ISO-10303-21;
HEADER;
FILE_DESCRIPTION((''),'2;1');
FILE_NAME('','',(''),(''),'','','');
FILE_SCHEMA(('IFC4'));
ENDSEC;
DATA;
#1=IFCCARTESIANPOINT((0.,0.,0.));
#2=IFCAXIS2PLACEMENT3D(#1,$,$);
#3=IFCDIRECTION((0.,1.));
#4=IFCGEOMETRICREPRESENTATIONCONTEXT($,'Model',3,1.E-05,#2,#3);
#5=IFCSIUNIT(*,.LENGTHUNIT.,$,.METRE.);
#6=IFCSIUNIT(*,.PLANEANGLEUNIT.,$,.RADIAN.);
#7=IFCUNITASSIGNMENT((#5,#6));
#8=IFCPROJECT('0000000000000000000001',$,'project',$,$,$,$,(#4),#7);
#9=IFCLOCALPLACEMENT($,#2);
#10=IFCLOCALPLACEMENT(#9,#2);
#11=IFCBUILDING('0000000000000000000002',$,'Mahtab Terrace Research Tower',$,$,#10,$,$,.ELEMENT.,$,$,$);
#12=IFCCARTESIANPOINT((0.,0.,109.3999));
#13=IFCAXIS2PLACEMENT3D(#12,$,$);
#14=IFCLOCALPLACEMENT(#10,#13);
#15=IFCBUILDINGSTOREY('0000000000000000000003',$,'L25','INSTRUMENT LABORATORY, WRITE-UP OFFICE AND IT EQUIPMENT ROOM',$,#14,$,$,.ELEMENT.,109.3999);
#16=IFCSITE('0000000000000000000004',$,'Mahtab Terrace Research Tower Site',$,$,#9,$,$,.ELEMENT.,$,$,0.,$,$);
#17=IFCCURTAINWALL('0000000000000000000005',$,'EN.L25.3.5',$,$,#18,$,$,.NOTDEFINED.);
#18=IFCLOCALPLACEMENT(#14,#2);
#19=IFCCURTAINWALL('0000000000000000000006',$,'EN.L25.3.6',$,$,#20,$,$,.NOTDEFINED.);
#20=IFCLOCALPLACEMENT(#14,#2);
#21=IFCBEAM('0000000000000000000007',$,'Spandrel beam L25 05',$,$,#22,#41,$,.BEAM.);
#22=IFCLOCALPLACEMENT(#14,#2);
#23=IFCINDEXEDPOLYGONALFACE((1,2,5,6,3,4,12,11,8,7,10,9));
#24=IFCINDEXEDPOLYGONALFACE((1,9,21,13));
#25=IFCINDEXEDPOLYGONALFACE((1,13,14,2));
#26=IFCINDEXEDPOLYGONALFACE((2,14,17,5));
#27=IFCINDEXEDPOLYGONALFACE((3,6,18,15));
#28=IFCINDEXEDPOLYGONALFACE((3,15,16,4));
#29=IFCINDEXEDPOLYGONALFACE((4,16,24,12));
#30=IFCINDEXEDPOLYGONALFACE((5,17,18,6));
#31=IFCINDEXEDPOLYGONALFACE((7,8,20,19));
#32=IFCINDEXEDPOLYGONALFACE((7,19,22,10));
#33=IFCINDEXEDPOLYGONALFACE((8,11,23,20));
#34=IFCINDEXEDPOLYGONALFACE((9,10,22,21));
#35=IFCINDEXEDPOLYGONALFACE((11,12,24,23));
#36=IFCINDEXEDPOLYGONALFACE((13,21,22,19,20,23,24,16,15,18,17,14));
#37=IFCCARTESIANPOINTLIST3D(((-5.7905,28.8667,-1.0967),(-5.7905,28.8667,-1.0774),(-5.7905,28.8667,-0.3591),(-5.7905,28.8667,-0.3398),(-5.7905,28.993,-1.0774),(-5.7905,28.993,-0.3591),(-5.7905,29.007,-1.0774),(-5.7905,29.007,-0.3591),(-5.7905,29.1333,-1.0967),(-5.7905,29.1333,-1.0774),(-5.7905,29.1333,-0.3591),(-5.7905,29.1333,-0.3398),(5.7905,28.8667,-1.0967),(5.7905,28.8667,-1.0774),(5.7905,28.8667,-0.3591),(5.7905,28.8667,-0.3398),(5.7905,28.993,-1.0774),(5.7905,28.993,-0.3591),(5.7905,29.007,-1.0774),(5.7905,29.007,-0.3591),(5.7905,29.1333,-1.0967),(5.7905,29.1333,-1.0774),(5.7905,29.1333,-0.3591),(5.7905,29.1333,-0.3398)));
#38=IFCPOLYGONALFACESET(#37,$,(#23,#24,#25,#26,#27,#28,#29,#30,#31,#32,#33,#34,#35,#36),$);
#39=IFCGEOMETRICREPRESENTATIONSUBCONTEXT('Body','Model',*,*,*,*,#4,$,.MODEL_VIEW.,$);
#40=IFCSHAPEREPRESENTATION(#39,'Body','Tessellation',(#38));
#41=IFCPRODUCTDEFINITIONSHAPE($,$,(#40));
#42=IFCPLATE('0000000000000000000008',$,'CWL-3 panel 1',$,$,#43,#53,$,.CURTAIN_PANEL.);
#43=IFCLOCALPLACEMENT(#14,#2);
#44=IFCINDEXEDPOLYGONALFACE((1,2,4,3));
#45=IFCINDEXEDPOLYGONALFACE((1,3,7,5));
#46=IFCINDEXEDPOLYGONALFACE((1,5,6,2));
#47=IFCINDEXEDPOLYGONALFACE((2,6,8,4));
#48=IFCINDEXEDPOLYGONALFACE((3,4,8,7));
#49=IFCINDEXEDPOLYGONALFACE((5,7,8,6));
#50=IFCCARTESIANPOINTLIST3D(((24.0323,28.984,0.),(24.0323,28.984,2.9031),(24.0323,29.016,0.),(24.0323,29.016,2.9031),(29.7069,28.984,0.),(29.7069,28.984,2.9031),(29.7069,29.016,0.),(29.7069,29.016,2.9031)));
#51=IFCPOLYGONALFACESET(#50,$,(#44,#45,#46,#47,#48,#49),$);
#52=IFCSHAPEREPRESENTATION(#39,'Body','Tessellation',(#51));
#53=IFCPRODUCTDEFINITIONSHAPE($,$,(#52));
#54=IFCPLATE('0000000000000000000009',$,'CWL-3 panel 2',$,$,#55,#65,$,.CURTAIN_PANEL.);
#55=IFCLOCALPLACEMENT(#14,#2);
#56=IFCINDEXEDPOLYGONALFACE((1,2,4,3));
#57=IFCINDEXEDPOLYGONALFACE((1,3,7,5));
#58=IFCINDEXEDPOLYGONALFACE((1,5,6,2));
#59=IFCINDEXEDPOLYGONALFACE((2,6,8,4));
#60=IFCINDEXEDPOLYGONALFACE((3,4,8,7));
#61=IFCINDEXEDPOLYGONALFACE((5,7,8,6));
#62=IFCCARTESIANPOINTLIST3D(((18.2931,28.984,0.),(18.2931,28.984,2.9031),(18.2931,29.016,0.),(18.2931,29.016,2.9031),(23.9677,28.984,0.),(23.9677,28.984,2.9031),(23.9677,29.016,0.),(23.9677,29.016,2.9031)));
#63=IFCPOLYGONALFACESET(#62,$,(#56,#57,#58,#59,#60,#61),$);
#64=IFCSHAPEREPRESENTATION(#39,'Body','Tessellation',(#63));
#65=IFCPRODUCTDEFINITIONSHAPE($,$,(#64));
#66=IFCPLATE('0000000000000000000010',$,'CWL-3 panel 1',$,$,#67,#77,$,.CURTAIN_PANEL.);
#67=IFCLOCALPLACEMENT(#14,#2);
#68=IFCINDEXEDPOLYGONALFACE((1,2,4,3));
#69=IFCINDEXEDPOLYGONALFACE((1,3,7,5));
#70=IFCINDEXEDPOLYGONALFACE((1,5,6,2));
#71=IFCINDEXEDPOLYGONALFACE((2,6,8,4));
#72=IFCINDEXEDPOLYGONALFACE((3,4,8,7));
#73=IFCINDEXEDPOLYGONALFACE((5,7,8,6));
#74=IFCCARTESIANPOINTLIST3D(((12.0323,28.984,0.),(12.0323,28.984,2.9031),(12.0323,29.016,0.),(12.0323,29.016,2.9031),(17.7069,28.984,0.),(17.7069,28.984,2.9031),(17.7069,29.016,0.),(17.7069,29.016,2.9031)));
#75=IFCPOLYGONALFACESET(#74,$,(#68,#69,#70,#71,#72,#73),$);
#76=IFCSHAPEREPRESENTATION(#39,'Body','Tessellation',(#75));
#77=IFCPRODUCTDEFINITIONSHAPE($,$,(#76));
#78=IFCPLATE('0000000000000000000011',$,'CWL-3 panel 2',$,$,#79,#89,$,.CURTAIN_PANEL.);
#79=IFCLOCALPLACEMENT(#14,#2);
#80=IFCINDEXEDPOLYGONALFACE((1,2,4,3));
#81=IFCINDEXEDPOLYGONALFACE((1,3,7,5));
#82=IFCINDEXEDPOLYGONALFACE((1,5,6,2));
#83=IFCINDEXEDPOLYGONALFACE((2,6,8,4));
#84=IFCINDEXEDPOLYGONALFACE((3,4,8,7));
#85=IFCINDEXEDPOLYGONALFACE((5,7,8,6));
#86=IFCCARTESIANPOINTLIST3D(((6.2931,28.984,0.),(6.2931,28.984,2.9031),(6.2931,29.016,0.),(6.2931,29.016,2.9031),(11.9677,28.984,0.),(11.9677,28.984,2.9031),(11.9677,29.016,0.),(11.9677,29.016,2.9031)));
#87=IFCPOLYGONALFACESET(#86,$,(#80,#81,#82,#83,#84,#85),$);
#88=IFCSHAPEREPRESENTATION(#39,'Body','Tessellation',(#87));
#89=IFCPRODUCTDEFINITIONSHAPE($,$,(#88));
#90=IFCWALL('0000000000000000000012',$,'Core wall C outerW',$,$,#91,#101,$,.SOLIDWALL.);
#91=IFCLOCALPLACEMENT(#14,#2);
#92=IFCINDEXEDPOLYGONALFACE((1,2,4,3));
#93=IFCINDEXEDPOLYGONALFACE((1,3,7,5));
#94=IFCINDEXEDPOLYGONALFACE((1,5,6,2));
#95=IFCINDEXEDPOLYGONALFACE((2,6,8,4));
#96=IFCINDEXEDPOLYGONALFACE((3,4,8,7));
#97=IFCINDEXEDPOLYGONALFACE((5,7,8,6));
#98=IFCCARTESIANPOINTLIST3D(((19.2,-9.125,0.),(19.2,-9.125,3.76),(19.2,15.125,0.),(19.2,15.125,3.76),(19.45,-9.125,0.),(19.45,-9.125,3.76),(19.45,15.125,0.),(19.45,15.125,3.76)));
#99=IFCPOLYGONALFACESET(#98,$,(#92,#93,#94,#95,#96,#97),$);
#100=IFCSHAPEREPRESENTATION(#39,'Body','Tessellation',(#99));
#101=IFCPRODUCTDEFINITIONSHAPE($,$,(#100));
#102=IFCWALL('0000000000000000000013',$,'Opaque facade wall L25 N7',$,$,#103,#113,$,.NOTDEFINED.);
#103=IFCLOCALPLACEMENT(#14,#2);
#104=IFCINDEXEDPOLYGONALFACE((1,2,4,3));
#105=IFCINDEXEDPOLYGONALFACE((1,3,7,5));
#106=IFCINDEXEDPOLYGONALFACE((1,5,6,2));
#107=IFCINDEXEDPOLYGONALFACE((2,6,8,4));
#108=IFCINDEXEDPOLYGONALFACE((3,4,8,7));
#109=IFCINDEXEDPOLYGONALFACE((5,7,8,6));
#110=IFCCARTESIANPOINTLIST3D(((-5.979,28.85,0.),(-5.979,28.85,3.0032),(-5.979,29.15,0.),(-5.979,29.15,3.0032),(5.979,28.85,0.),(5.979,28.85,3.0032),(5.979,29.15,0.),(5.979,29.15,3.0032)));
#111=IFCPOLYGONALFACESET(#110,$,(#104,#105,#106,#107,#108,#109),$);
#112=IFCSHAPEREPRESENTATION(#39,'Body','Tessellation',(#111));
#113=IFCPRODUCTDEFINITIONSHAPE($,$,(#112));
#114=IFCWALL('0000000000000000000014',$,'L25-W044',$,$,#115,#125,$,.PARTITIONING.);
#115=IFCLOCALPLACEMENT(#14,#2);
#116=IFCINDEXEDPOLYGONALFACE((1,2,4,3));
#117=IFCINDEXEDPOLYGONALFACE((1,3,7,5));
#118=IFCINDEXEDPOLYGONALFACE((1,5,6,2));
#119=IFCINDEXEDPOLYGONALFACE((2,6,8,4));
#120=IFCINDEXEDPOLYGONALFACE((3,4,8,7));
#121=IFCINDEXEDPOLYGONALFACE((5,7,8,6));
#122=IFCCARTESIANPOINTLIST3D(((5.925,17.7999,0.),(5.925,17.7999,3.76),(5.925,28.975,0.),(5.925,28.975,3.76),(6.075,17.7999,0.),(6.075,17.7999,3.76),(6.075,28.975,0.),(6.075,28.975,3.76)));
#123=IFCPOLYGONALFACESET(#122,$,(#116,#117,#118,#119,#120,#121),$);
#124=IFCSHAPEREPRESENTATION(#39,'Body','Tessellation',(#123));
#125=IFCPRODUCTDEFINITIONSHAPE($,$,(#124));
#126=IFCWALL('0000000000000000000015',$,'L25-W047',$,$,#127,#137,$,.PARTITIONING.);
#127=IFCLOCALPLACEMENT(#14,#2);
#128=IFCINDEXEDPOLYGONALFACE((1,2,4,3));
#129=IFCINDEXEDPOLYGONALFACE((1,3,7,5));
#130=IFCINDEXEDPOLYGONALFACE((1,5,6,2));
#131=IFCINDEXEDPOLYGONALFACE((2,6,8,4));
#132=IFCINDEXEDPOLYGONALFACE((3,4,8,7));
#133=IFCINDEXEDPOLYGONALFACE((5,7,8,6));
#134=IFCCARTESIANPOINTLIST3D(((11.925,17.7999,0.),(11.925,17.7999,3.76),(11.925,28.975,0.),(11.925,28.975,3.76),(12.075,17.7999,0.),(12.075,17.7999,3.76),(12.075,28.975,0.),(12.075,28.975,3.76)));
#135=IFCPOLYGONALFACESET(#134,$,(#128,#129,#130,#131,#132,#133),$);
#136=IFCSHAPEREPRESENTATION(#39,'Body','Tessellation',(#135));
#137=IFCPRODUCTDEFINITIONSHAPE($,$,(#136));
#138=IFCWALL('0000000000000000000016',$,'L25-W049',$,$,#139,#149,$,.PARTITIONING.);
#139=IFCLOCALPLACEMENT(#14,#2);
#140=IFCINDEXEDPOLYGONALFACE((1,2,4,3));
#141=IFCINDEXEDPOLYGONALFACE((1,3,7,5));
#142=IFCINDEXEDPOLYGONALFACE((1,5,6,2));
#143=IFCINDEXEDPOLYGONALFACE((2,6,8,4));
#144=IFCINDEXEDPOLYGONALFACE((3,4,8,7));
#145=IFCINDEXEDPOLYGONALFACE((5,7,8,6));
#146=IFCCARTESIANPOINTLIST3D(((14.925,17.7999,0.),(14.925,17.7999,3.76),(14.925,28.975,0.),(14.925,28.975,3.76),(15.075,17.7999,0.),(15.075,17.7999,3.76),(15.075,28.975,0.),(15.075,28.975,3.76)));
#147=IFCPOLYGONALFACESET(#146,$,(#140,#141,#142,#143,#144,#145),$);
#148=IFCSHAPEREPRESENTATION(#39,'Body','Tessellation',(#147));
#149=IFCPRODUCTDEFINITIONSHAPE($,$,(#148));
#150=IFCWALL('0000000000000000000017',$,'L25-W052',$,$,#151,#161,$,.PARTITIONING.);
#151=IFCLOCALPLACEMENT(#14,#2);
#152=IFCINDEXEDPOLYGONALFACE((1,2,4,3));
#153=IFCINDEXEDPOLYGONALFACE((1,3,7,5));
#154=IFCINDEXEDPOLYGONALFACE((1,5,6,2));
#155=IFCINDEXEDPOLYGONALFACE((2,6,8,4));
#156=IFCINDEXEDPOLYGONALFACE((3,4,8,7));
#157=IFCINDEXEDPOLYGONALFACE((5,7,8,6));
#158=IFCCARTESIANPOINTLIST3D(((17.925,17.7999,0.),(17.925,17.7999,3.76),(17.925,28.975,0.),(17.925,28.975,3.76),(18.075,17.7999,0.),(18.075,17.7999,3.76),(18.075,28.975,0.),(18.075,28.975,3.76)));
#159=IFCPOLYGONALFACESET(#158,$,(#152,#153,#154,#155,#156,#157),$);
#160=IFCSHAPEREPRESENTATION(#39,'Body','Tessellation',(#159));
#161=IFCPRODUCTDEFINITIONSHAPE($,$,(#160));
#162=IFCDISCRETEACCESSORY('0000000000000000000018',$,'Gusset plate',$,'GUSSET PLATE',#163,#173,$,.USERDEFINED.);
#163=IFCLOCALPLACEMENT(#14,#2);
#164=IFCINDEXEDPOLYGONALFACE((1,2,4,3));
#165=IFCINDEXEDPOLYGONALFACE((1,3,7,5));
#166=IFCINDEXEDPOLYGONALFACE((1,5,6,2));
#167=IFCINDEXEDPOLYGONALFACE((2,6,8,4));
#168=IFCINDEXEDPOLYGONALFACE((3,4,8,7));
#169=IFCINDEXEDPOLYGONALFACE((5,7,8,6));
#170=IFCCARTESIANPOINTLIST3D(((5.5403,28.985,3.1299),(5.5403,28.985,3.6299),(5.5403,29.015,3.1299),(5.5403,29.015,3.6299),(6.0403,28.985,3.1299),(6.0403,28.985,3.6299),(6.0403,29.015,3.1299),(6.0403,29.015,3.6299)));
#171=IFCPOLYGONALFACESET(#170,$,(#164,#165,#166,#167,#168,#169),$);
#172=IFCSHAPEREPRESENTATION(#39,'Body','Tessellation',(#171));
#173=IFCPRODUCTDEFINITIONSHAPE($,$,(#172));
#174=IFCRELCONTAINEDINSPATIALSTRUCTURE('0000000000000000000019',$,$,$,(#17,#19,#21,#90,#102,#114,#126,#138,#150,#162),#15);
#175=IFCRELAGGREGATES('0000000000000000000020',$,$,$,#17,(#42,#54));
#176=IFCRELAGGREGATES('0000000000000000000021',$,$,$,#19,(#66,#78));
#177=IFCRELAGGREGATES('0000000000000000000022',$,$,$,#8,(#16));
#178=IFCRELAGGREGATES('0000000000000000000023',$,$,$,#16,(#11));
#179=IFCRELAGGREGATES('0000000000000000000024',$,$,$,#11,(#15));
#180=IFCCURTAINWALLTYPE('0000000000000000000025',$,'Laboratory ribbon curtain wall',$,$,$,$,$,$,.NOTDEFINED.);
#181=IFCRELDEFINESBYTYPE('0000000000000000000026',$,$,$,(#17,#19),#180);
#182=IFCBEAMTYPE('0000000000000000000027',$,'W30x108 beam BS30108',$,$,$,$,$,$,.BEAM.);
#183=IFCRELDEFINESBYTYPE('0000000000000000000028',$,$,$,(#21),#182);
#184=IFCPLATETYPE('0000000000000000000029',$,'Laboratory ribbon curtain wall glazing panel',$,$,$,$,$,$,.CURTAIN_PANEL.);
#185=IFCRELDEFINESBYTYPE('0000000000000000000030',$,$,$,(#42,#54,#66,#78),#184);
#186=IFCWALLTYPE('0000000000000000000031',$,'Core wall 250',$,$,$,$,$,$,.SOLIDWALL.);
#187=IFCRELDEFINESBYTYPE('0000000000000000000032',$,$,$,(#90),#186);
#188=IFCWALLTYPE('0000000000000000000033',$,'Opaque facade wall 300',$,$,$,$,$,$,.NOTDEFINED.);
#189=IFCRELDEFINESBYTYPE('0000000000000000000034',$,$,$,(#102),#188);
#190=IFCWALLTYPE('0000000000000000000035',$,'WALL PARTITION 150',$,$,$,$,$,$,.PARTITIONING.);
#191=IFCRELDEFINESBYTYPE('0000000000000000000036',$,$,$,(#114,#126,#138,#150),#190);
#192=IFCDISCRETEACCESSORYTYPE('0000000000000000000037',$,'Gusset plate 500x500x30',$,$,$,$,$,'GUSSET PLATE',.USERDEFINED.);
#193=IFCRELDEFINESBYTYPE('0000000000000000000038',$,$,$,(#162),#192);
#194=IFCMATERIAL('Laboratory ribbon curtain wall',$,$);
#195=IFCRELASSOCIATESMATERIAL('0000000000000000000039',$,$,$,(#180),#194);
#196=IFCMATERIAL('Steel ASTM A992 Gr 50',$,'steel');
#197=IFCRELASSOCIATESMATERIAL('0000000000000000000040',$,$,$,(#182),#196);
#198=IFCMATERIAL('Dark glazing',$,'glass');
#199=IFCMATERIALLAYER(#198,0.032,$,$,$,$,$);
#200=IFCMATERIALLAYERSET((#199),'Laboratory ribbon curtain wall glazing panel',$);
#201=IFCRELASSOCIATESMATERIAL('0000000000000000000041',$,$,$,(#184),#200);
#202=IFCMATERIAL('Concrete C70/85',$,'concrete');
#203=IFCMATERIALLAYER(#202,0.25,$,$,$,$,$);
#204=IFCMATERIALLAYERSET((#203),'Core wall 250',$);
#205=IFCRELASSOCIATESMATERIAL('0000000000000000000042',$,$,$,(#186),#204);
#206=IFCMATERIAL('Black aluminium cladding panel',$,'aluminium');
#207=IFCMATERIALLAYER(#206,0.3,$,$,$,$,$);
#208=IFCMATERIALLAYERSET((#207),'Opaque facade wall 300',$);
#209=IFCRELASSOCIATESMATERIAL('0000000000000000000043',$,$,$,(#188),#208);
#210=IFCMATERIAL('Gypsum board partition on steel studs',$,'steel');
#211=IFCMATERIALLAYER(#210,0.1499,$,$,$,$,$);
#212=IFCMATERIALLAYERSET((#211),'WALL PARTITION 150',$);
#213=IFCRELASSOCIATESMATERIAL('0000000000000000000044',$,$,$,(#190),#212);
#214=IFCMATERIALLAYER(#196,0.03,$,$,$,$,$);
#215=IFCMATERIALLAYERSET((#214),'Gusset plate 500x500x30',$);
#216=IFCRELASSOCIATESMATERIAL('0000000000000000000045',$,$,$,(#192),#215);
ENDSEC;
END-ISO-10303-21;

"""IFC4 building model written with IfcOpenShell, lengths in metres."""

from ifc_helpers import new_model, si_unit, direction, frame, frame_2d, origin, origin_2d, place, context, subcontext, project, spatial, rectangle, i_section, extrude, material, layer, layer_set, material_profile, profile_set, type_object, element, aggregate, save


model = new_model("IFC4")

# Units and contexts
model_context = context("Model", 3, precision=1e-05, world=origin(), true_north=direction((0.0, 1.0)))
body_context = subcontext(model_context, "Body", "Model", "MODEL_VIEW")
ifc_project = project(units=[si_unit("LENGTHUNIT", "METRE"), si_unit("PLANEANGLEUNIT", "RADIAN")], contexts=[model_context])

# Site, building, storey
site_placement = place(None, origin())
site = spatial("IfcSite", under=ifc_project, at=site_placement, Name="Mahtab Terrace Research Tower Site", CompositionType="ELEMENT", RefElevation=0.0)
building_placement = place(site_placement, origin())
building = spatial("IfcBuilding", under=site, at=building_placement, Name="Mahtab Terrace Research Tower", CompositionType="ELEMENT")
storey_placement = place(building_placement, frame((0.0, 0.0, 109.3999)))
storey = spatial("IfcBuildingStorey", under=building, at=storey_placement, Name="L25", Description="INSTRUMENT LABORATORY, WRITE-UP OFFICE AND IT EQUIPMENT ROOM", CompositionType="ELEMENT", Elevation=109.3999)

# Shared definitions
ifc_material_1 = material(Name="Steel ASTM A992 Gr 50", Category="steel")

# Curtain walls
ifc_material_2 = material(Name="Laboratory ribbon curtain wall")
curtain_wall_type = type_object("IfcCurtainWallType", Name="Laboratory ribbon curtain wall", PredefinedType="NOTDEFINED", material=ifc_material_2)
curtain_wall_1_placement = place(storey_placement, origin())
curtain_wall_1 = element("IfcCurtainWall", 1, at=curtain_wall_1_placement, inside=storey, type_object=curtain_wall_type, Name="EN.L25.3.5", PredefinedType="NOTDEFINED")
curtain_wall_2_placement = place(storey_placement, origin())
curtain_wall_2 = element("IfcCurtainWall", 2, at=curtain_wall_2_placement, inside=storey, type_object=curtain_wall_type, Name="EN.L25.3.6", PredefinedType="NOTDEFINED")

# Beam
ifc_material_profile_1 = material_profile(ifc_material_1, i_section(OverallWidth=0.2666, OverallDepth=0.7568, WebThickness=0.0139, FlangeThickness=0.0193, at=origin_2d()), Name="W30X108")
ifc_profile_set_1 = profile_set([ifc_material_profile_1], Name="Steel ASTM A992 Gr 50")
beam_type = type_object("IfcBeamType", Name="W30x108 beam BS30108", PredefinedType="BEAM", material=ifc_profile_set_1)
for number, where, z_axis, x_axis, name in (
    (3, (5.7905, 29.0, -0.7183), (-1.0, 0.0, 0.0), (0.0, -1.0, 0.0), "Spandrel beam L25 05"),
):
    element("IfcBeam", number, at=place(storey_placement, frame(where, z_axis=z_axis, x_axis=x_axis)), inside=storey, type_object=beam_type, Name=name, PredefinedType="BEAM", context=body_context, shape_type="SweptSolid", body=[
        extrude(i_section(OverallWidth=0.2666, OverallDepth=0.7568, WebThickness=0.0139, FlangeThickness=0.0193, at=origin_2d()), origin(), (0.0, 0.0, 1.0), 11.5811),
    ])

# Plates
ifc_material_3 = material(Name="Dark glazing", Category="glass")
ifc_layer_1 = layer(ifc_material_3, 0.032)
ifc_layer_set_1 = layer_set([ifc_layer_1], Name="Laboratory ribbon curtain wall glazing panel")
plate_type = type_object("IfcPlateType", Name="Laboratory ribbon curtain wall glazing panel", PredefinedType="CURTAIN_PANEL", material=ifc_layer_set_1)
plate_1_placement = place(storey_placement, frame((26.8696, 29.0, 0.0), z_axis=(0.0, 0.0, 1.0), x_axis=(-1.0, 0.0, 0.0)))
plate_1 = element("IfcPlate", 4, at=plate_1_placement, type_object=plate_type, Name="CWL-3 panel 1", PredefinedType="CURTAIN_PANEL", context=body_context, shape_type="SweptSolid", body=[
    extrude(rectangle(XDim=5.6746, YDim=0.032, at=origin_2d()), origin(), (0.0, 0.0, 1.0), 2.9031),
])
plate_2_placement = place(storey_placement, frame((21.1304, 29.0, 0.0), z_axis=(0.0, 0.0, 1.0), x_axis=(-1.0, 0.0, 0.0)))
plate_2 = element("IfcPlate", 5, at=plate_2_placement, type_object=plate_type, Name="CWL-3 panel 2", PredefinedType="CURTAIN_PANEL", context=body_context, shape_type="SweptSolid", body=[
    extrude(rectangle(XDim=5.6746, YDim=0.032, at=origin_2d()), origin(), (0.0, 0.0, 1.0), 2.9031),
])
aggregate(curtain_wall_1, [plate_1, plate_2])
plate_3_placement = place(storey_placement, frame((14.8696, 29.0, 0.0), z_axis=(0.0, 0.0, 1.0), x_axis=(-1.0, 0.0, 0.0)))
plate_3 = element("IfcPlate", 6, at=plate_3_placement, type_object=plate_type, Name="CWL-3 panel 1", PredefinedType="CURTAIN_PANEL", context=body_context, shape_type="SweptSolid", body=[
    extrude(rectangle(XDim=5.6746, YDim=0.032, at=origin_2d()), origin(), (0.0, 0.0, 1.0), 2.9031),
])
plate_4_placement = place(storey_placement, frame((9.1304, 29.0, 0.0), z_axis=(0.0, 0.0, 1.0), x_axis=(-1.0, 0.0, 0.0)))
plate_4 = element("IfcPlate", 7, at=plate_4_placement, type_object=plate_type, Name="CWL-3 panel 2", PredefinedType="CURTAIN_PANEL", context=body_context, shape_type="SweptSolid", body=[
    extrude(rectangle(XDim=5.6746, YDim=0.032, at=origin_2d()), origin(), (0.0, 0.0, 1.0), 2.9031),
])
aggregate(curtain_wall_2, [plate_3, plate_4])

# Walls
ifc_material_4 = material(Name="Concrete C70/85", Category="concrete")
ifc_layer_2 = layer(ifc_material_4, 0.25)
ifc_layer_set_2 = layer_set([ifc_layer_2], Name="Core wall 250")
wall_type_1 = type_object("IfcWallType", Name="Core wall 250", PredefinedType="SOLIDWALL", material=ifc_layer_set_2)
wall_1_placement = place(storey_placement, frame((19.325, 15.125, 0.0), z_axis=(0.0, 0.0, 1.0), x_axis=(0.0, -1.0, 0.0)))
element("IfcWall", 8, at=wall_1_placement, inside=storey, type_object=wall_type_1, Name="Core wall C outerW", PredefinedType="SOLIDWALL", context=body_context, shape_type="SweptSolid", body=[
    extrude(rectangle(XDim=24.25, YDim=0.25, at=frame_2d((12.125, 0.0))), origin(), (0.0, 0.0, 1.0), 3.76),
])
ifc_material_5 = material(Name="Black aluminium cladding panel", Category="aluminium")
ifc_layer_3 = layer(ifc_material_5, 0.3)
ifc_layer_set_3 = layer_set([ifc_layer_3], Name="Opaque facade wall 300")
wall_type_2 = type_object("IfcWallType", Name="Opaque facade wall 300", PredefinedType="NOTDEFINED", material=ifc_layer_set_3)
wall_2_placement = place(storey_placement, frame((5.979, 29.0, 0.0), z_axis=(0.0, 0.0, 1.0), x_axis=(-1.0, 0.0, 0.0)))
element("IfcWall", 9, at=wall_2_placement, inside=storey, type_object=wall_type_2, Name="Opaque facade wall L25 N7", PredefinedType="NOTDEFINED", context=body_context, shape_type="SweptSolid", body=[
    extrude(rectangle(XDim=11.958, YDim=0.3, at=frame_2d((5.979, 0.0))), origin(), (0.0, 0.0, 1.0), 3.0032),
])
ifc_material_6 = material(Name="Gypsum board partition on steel studs", Category="steel")
ifc_layer_4 = layer(ifc_material_6, 0.1499)
ifc_layer_set_4 = layer_set([ifc_layer_4], Name="WALL PARTITION 150")
wall_type_3 = type_object("IfcWallType", Name="WALL PARTITION 150", PredefinedType="PARTITIONING", material=ifc_layer_set_4)
for number, where, z_axis, x_axis, name in (
    (10, (6.0, 17.8, 0.0), (0.0, 0.0, 1.0), (0.0, 1.0, 0.0), "L25-W044"),
    (11, (12.0, 17.8, 0.0), (0.0, 0.0, 1.0), (0.0, 1.0, 0.0), "L25-W047"),
    (12, (15.0, 17.8, 0.0), (0.0, 0.0, 1.0), (0.0, 1.0, 0.0), "L25-W049"),
    (13, (18.0, 17.8, 0.0), (0.0, 0.0, 1.0), (0.0, 1.0, 0.0), "L25-W052"),
):
    element("IfcWall", number, at=place(storey_placement, frame(where, z_axis=z_axis, x_axis=x_axis)), inside=storey, type_object=wall_type_3, Name=name, PredefinedType="PARTITIONING", context=body_context, shape_type="SweptSolid", body=[
        extrude(rectangle(XDim=11.175, YDim=0.1499, at=frame_2d((5.5874, 0.0))), origin(), (0.0, 0.0, 1.0), 3.76),
    ])

# Discrete accessory
ifc_layer_5 = layer(ifc_material_1, 0.03)
ifc_layer_set_5 = layer_set([ifc_layer_5], Name="Gusset plate 500x500x30")
discrete_accessory_type = type_object("IfcDiscreteAccessoryType", Name="Gusset plate 500x500x30", ElementType="GUSSET PLATE", PredefinedType="USERDEFINED", material=ifc_layer_set_5)
discrete_accessory_placement = place(storey_placement, frame((5.7903, 29.0, 3.1299), z_axis=(0.0, 0.0, 1.0), x_axis=(1.0, 0.0, 0.0)))
element("IfcDiscreteAccessory", 14, at=discrete_accessory_placement, inside=storey, type_object=discrete_accessory_type, Name="Gusset plate", ObjectType="GUSSET PLATE", PredefinedType="USERDEFINED", context=body_context, shape_type="SweptSolid", body=[
    extrude(rectangle(XDim=0.5, YDim=0.03, at=origin_2d()), origin(), (0.0, 0.0, 1.0), 0.5),
])

save(model, "model.ifc")
